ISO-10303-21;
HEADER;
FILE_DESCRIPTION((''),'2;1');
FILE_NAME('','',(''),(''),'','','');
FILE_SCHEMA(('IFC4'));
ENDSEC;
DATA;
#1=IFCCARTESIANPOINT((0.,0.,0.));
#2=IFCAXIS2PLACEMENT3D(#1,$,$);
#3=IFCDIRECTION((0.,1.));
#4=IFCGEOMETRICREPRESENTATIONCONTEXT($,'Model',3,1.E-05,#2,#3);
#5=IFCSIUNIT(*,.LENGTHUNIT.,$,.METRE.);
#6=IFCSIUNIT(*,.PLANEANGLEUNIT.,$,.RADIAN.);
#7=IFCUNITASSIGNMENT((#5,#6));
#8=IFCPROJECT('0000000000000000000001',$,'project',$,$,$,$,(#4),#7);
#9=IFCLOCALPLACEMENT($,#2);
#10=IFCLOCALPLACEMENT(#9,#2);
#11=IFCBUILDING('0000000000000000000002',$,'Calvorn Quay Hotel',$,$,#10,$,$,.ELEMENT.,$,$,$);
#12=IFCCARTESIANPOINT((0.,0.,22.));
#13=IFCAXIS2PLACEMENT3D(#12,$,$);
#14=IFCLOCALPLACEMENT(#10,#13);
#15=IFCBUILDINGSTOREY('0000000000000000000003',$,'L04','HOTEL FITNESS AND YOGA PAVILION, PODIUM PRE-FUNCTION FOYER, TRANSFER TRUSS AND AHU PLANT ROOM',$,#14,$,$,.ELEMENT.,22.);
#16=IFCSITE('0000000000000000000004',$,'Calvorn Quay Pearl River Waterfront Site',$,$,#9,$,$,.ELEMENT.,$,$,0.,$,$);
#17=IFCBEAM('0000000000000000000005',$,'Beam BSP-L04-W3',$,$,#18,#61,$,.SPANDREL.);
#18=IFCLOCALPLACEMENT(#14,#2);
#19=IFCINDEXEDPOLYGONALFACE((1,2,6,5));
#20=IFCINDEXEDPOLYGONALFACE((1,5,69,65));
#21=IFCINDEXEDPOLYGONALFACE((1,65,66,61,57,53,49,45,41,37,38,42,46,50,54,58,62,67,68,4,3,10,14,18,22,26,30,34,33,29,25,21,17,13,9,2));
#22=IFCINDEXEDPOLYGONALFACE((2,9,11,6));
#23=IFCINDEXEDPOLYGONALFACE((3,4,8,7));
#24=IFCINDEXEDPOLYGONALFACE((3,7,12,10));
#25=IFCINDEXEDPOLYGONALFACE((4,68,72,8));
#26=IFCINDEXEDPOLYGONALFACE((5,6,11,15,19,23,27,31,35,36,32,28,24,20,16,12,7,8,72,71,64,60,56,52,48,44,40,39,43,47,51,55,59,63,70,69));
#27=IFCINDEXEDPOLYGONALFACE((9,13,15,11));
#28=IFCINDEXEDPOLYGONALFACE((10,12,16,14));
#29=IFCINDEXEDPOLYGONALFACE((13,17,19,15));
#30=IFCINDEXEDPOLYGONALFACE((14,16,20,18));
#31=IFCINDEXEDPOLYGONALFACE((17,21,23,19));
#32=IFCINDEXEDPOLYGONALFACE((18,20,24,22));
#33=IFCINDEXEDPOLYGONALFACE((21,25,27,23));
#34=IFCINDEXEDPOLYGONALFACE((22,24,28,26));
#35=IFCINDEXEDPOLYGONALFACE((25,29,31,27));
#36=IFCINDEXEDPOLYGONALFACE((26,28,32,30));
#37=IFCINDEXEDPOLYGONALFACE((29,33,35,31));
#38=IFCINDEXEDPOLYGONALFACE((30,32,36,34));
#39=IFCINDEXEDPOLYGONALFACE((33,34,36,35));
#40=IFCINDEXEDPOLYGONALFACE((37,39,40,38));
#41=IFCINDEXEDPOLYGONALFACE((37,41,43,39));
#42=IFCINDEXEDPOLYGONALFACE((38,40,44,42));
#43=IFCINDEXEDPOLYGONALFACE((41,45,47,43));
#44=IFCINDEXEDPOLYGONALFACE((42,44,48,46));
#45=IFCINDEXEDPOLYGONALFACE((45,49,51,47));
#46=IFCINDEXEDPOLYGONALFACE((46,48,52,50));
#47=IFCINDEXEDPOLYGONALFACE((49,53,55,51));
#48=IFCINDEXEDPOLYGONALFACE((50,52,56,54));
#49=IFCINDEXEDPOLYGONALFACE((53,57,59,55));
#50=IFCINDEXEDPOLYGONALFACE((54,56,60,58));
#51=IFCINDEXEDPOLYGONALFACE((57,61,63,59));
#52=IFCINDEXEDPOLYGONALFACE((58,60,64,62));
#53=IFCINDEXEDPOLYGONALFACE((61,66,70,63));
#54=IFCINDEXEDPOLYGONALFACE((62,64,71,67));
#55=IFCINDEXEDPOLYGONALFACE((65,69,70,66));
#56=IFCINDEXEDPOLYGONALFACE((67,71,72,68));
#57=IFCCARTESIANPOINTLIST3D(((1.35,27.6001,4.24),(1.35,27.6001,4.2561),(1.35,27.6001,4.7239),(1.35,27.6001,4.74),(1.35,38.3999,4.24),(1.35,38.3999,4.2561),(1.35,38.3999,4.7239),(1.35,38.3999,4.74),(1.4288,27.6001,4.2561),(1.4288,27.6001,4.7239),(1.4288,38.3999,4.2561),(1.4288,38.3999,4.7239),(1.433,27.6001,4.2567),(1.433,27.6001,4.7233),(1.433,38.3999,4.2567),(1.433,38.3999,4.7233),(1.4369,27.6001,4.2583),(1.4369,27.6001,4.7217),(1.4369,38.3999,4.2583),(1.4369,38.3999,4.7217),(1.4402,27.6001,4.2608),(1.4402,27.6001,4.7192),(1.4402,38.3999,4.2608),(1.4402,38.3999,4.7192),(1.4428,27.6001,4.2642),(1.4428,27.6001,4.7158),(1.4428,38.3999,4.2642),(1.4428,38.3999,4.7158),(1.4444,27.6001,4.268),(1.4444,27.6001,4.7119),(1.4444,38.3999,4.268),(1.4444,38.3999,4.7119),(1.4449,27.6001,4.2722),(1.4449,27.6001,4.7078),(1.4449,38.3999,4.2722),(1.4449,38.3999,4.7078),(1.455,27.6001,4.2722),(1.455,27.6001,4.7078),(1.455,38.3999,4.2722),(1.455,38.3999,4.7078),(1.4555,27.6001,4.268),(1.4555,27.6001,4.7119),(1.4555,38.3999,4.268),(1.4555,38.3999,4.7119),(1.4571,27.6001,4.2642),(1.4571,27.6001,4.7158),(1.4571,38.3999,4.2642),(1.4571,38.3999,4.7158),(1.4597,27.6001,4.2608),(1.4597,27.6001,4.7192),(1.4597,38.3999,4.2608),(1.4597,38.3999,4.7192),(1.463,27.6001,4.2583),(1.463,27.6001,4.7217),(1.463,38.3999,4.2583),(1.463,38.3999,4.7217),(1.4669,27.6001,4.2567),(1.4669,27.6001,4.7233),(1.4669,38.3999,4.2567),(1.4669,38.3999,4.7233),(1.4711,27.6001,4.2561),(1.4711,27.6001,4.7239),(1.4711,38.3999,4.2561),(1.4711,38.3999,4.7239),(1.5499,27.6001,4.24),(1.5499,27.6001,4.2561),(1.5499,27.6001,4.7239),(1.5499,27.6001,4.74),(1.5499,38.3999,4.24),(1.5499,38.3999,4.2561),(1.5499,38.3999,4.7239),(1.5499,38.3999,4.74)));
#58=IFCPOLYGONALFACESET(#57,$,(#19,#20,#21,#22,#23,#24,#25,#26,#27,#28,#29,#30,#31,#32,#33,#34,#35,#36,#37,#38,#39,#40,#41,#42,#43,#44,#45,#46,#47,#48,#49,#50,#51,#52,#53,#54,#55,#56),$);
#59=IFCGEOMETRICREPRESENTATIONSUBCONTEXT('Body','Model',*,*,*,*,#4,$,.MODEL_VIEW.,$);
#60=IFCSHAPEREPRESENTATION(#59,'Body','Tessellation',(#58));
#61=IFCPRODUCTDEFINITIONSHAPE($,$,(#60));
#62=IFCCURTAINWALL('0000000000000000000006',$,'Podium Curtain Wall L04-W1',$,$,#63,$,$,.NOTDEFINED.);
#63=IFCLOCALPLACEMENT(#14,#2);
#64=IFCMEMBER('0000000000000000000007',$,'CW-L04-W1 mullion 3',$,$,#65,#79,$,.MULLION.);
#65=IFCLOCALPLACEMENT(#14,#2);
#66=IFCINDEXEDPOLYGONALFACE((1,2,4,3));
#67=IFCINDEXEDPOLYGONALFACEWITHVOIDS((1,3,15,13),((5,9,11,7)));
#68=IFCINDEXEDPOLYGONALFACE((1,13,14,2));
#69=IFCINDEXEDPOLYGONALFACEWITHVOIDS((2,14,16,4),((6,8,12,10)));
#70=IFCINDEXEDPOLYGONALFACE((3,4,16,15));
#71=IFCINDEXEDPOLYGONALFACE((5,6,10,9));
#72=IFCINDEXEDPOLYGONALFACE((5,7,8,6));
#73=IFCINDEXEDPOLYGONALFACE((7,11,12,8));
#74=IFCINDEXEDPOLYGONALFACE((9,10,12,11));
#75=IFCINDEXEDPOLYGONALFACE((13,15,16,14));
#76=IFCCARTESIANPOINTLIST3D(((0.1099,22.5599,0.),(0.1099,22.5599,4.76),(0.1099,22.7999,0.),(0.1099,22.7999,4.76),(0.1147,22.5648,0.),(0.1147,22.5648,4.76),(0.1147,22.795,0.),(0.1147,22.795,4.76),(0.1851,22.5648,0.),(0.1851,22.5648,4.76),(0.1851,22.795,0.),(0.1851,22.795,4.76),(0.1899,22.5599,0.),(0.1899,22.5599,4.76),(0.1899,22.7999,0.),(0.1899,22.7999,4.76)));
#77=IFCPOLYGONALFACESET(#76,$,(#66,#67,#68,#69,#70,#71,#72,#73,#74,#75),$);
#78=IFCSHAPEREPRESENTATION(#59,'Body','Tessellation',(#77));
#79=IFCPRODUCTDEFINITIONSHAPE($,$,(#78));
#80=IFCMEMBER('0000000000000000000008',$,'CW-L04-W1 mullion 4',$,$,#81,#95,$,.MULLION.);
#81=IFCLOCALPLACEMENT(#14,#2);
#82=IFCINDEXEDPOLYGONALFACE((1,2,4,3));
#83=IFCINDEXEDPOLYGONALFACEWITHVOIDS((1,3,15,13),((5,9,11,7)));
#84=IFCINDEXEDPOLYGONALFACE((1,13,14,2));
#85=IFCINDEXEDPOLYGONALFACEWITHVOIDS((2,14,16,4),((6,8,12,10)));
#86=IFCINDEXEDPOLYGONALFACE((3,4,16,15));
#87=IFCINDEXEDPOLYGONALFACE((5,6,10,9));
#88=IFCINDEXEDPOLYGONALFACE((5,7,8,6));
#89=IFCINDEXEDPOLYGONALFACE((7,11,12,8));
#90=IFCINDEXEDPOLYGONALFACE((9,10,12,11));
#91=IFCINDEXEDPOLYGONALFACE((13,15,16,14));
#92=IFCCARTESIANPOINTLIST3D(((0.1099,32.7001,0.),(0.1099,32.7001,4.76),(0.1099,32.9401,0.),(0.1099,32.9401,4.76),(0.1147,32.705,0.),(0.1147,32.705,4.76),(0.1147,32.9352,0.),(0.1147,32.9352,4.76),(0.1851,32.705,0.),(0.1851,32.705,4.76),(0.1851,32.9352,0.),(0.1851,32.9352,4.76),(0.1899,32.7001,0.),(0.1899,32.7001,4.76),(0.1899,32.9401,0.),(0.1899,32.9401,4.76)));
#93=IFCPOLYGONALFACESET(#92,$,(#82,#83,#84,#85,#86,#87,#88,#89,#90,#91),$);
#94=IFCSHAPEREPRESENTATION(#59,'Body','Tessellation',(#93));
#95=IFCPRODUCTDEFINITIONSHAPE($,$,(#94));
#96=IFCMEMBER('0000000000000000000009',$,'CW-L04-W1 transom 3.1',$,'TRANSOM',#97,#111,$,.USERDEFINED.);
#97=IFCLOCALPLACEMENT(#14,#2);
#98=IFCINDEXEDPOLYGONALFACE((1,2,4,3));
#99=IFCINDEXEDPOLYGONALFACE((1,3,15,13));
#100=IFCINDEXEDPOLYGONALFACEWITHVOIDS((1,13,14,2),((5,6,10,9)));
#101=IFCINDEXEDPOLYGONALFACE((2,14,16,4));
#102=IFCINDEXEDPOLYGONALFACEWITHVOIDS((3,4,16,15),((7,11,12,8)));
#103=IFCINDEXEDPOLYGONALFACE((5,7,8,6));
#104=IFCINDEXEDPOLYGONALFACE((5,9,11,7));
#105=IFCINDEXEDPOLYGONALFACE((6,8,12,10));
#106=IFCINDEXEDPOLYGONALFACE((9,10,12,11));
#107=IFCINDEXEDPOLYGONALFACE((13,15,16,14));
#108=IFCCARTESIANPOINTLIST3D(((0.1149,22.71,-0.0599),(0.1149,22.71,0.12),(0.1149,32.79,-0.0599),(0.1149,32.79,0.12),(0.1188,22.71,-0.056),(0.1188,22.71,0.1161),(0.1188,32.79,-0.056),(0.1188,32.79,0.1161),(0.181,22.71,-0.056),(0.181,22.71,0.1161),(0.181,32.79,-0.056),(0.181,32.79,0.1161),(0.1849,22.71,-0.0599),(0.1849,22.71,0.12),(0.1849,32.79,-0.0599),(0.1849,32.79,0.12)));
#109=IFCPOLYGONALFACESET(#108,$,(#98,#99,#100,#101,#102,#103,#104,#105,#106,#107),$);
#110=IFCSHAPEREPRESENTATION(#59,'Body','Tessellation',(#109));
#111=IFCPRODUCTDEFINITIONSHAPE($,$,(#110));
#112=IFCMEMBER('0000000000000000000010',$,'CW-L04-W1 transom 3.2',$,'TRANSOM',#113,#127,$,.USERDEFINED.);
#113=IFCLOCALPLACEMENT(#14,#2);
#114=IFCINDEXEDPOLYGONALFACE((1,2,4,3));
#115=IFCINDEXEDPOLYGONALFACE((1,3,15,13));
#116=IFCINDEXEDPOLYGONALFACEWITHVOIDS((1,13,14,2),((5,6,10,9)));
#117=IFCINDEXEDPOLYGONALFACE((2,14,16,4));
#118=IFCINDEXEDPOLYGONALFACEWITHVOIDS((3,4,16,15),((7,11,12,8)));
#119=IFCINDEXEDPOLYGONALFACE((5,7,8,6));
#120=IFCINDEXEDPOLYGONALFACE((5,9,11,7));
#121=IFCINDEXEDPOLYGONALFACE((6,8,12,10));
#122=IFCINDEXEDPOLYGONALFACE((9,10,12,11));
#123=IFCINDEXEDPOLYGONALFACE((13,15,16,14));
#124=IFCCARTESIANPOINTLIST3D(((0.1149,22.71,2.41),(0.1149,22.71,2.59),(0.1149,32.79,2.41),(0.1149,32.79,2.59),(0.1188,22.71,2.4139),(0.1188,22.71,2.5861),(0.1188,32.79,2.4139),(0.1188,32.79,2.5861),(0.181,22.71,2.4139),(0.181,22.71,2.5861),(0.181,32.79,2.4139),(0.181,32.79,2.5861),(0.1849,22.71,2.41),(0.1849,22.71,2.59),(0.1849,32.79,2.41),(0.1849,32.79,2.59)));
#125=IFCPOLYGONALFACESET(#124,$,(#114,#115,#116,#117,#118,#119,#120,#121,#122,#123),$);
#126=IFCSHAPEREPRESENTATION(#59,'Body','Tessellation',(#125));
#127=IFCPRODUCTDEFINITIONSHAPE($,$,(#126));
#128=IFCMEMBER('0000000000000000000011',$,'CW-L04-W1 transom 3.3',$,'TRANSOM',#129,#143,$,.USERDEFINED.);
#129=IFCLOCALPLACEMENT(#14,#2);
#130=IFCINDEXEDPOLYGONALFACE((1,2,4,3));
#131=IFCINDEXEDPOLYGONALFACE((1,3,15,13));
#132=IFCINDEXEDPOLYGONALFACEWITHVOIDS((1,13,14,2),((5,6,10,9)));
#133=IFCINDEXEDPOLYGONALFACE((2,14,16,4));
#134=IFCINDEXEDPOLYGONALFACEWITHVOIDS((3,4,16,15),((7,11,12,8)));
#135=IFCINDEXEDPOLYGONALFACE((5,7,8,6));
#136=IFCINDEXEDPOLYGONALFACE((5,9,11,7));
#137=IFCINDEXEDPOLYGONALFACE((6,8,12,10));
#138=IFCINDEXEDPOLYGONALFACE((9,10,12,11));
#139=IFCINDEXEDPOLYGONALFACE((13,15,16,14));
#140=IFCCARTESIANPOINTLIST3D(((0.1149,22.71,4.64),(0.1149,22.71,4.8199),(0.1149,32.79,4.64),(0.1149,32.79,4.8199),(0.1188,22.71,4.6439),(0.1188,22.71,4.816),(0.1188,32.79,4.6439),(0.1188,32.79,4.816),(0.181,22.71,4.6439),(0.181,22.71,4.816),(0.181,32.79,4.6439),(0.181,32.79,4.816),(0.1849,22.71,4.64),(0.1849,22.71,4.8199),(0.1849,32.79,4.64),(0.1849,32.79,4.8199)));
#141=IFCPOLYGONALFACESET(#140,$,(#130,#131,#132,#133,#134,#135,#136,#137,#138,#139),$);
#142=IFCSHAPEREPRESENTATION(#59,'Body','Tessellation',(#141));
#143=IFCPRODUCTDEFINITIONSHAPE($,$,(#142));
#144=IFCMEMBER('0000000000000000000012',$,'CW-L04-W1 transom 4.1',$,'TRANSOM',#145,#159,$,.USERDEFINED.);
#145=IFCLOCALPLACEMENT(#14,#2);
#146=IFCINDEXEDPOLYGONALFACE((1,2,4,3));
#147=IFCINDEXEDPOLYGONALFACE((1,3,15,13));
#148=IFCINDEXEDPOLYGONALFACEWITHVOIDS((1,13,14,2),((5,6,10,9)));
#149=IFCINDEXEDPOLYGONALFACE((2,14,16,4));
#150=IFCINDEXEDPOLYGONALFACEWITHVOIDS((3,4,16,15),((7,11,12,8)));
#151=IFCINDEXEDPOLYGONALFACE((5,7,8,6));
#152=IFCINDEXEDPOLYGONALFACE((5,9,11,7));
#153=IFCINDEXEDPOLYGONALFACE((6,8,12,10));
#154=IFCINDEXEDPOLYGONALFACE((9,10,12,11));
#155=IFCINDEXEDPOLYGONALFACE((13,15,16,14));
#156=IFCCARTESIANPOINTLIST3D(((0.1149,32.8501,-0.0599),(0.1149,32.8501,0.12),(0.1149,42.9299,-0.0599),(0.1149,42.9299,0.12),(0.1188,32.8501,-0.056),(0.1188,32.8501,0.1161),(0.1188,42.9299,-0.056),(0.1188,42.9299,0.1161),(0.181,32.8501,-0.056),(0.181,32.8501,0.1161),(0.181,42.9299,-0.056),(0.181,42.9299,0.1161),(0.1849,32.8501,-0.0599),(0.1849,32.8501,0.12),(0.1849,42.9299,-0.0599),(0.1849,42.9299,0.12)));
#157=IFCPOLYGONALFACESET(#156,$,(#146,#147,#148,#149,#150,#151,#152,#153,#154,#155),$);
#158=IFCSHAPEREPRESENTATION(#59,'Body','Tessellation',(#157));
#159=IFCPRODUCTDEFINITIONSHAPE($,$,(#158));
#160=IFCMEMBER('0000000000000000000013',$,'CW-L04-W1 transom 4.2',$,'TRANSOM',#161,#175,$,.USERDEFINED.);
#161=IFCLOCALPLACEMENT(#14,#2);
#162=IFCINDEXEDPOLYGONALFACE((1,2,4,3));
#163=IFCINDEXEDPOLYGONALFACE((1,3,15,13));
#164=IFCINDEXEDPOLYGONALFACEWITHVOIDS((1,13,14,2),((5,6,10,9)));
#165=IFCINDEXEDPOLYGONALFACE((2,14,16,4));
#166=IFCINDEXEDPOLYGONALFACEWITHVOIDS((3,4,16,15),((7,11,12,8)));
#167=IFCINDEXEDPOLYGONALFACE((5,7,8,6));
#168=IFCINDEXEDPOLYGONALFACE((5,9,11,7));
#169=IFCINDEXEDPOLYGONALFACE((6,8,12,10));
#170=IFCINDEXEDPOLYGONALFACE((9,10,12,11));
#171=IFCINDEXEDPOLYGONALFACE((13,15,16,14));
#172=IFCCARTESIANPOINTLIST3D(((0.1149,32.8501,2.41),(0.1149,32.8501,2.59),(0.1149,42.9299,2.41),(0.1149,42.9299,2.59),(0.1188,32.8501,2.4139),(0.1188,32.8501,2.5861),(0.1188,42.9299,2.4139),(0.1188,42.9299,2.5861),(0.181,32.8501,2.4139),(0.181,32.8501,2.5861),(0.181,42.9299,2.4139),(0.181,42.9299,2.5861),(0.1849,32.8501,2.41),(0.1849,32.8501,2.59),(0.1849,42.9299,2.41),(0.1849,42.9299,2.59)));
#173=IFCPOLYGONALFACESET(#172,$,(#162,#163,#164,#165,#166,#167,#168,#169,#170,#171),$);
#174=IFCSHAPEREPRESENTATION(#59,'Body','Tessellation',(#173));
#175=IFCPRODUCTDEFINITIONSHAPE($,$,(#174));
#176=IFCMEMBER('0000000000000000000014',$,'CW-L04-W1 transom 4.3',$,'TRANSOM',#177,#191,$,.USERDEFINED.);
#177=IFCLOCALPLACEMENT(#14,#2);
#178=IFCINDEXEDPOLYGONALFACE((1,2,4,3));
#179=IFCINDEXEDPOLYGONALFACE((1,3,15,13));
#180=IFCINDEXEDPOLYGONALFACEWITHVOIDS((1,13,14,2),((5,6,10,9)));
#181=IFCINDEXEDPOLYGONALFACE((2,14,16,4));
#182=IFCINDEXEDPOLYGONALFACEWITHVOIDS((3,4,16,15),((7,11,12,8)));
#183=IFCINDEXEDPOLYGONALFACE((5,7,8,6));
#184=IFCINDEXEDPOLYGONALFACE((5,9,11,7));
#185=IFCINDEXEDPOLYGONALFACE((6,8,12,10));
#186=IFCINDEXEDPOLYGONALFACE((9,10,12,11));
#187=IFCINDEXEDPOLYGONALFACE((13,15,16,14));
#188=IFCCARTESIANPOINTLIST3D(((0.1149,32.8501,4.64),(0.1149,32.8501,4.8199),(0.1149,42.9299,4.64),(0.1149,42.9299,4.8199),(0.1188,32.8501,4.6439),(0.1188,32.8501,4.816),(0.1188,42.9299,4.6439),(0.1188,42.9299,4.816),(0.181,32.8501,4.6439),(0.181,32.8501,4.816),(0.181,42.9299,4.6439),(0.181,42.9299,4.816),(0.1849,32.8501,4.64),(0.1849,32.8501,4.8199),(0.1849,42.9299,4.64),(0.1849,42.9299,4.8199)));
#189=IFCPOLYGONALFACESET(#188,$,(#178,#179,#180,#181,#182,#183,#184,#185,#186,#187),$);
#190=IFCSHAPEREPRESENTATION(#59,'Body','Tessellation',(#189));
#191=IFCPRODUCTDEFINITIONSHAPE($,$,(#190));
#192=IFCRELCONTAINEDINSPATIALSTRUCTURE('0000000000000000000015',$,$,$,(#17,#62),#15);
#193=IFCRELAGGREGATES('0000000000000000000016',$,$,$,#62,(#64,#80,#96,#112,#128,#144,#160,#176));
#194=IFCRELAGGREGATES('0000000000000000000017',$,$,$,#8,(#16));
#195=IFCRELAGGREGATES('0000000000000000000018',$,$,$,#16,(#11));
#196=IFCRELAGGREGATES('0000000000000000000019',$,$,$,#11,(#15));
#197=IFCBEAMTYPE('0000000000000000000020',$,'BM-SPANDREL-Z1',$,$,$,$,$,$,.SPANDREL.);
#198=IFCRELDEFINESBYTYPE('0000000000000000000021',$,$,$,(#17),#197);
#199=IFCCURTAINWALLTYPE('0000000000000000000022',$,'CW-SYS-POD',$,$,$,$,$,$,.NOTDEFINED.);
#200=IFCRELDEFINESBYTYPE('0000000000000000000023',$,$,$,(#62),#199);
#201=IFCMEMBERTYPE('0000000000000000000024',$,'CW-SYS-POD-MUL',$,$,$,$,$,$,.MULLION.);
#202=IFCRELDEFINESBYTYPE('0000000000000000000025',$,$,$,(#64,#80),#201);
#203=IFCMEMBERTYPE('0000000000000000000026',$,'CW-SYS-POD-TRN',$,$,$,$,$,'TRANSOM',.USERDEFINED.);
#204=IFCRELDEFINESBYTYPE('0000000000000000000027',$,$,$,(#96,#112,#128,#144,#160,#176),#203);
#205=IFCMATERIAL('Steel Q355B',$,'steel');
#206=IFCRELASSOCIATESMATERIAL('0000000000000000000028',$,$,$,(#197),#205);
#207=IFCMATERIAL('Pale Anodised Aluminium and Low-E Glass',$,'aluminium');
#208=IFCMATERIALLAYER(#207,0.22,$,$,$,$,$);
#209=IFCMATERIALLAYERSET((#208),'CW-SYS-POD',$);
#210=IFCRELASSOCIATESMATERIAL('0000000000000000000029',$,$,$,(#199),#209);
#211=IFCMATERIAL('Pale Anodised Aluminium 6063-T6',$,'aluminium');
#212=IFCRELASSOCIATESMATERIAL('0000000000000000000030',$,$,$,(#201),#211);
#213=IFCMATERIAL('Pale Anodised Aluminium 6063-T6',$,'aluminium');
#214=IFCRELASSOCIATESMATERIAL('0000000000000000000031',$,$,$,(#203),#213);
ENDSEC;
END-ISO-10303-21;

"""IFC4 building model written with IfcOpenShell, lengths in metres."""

from ifc_helpers import new_model, si_unit, direction, frame, origin, origin_2d, place, context, subcontext, project, spatial, hollow_rectangle, i_section, extrude, material, layer, layer_set, material_profile, profile_set, type_object, element, aggregate, save


model = new_model("IFC4")

# Units and contexts
model_context = context("Model", 3, precision=1e-05, world=origin(), true_north=direction((0.0, 1.0)))
body_context = subcontext(model_context, "Body", "Model", "MODEL_VIEW")
ifc_project = project(units=[si_unit("LENGTHUNIT", "METRE"), si_unit("PLANEANGLEUNIT", "RADIAN")], contexts=[model_context])

# Site, building, storey
site_placement = place(None, origin())
site = spatial("IfcSite", under=ifc_project, at=site_placement, Name="Calvorn Quay Pearl River Waterfront Site", CompositionType="ELEMENT", RefElevation=0.0)
building_placement = place(site_placement, origin())
building = spatial("IfcBuilding", under=site, at=building_placement, Name="Calvorn Quay Hotel", CompositionType="ELEMENT")
storey_placement = place(building_placement, frame((0.0, 0.0, 22.0)))
storey = spatial("IfcBuildingStorey", under=building, at=storey_placement, Name="L04", Description="HOTEL FITNESS AND YOGA PAVILION, PODIUM PRE-FUNCTION FOYER, TRANSFER TRUSS AND AHU PLANT ROOM", CompositionType="ELEMENT", Elevation=22.0)

# Beam
ifc_material_1 = material(Name="Steel Q355B", Category="steel")
ifc_material_profile_1 = material_profile(ifc_material_1, i_section(OverallWidth=0.2, OverallDepth=0.5, WebThickness=0.01, FlangeThickness=0.0161, FilletRadius=0.0161, at=origin_2d()), Name="HN500x200x10x16")
ifc_profile_set_1 = profile_set([ifc_material_profile_1], Name="Steel Q355B")
beam_type_1 = type_object("IfcBeamType", Name="BM-SPANDREL-Z1", PredefinedType="SPANDREL", material=ifc_profile_set_1)
beam_1_placement = place(storey_placement, frame((1.45, 27.6001, 4.49), z_axis=(0.0, 1.0, 0.0), x_axis=(-1.0, 0.0, 0.0)))
element("IfcBeam", 1, at=beam_1_placement, inside=storey, type_object=beam_type_1, Name="Beam BSP-L04-W3", PredefinedType="SPANDREL", context=body_context, shape_type="SweptSolid", body=[
    extrude(i_section(OverallWidth=0.2, OverallDepth=0.5, WebThickness=0.01, FlangeThickness=0.0161, FilletRadius=0.0161, at=origin_2d()), origin(), (0.0, 0.0, 1.0), 10.7998),
])

# Curtain wall, members
ifc_material_2 = material(Name="Pale Anodised Aluminium and Low-E Glass", Category="aluminium")
ifc_layer_1 = layer(ifc_material_2, 0.22)
ifc_layer_set_1 = layer_set([ifc_layer_1], Name="CW-SYS-POD")
curtain_wall_type = type_object("IfcCurtainWallType", Name="CW-SYS-POD", PredefinedType="NOTDEFINED", material=ifc_layer_set_1)
curtain_wall_placement = place(storey_placement, origin())
curtain_wall = element("IfcCurtainWall", 2, at=curtain_wall_placement, inside=storey, type_object=curtain_wall_type, Name="Podium Curtain Wall L04-W1", PredefinedType="NOTDEFINED")
ifc_material_3 = material(Name="Pale Anodised Aluminium 6063-T6", Category="aluminium")
ifc_material_profile_2 = material_profile(ifc_material_3, hollow_rectangle(XDim=0.0801, YDim=0.24, WallThickness=0.0049, at=origin_2d()), Name="ALU-M240x80x5")
ifc_profile_set_2 = profile_set([ifc_material_profile_2], Name="Pale Anodised Aluminium 6063-T6")
member_type_1 = type_object("IfcMemberType", Name="CW-SYS-POD-MUL", PredefinedType="MULLION", material=ifc_profile_set_2)
member_1_placement = place(storey_placement, frame((0.1499, 22.6799, 0.0), z_axis=(0.0, 0.0, 1.0), x_axis=(-1.0, 0.0, 0.0)))
member_1 = element("IfcMember", 3, at=member_1_placement, type_object=member_type_1, Name="CW-L04-W1 mullion 3", PredefinedType="MULLION", context=body_context, shape_type="SweptSolid", body=[
    extrude(hollow_rectangle(XDim=0.0801, YDim=0.24, WallThickness=0.0049, at=origin_2d()), origin(), (0.0, 0.0, 1.0), 4.76),
])
member_2_placement = place(storey_placement, frame((0.1499, 32.8201, 0.0), z_axis=(0.0, 0.0, 1.0), x_axis=(-1.0, 0.0, 0.0)))
member_2 = element("IfcMember", 4, at=member_2_placement, type_object=member_type_1, Name="CW-L04-W1 mullion 4", PredefinedType="MULLION", context=body_context, shape_type="SweptSolid", body=[
    extrude(hollow_rectangle(XDim=0.0801, YDim=0.24, WallThickness=0.0049, at=origin_2d()), origin(), (0.0, 0.0, 1.0), 4.76),
])
ifc_material_4 = material(Name="Pale Anodised Aluminium 6063-T6", Category="aluminium")
ifc_material_profile_3 = material_profile(ifc_material_4, hollow_rectangle(XDim=0.0701, YDim=0.1799, WallThickness=0.0039, at=origin_2d()), Name="ALU-T180x70x4")
ifc_profile_set_3 = profile_set([ifc_material_profile_3], Name="Pale Anodised Aluminium 6063-T6")
member_type_2 = type_object("IfcMemberType", Name="CW-SYS-POD-TRN", ElementType="TRANSOM", PredefinedType="USERDEFINED", material=ifc_profile_set_3)
member_3_placement = place(storey_placement, frame((0.1499, 22.71, 0.03), z_axis=(0.0, 1.0, 0.0), x_axis=(-1.0, 0.0, 0.0)))
member_3 = element("IfcMember", 5, at=member_3_placement, type_object=member_type_2, Name="CW-L04-W1 transom 3.1", ObjectType="TRANSOM", PredefinedType="USERDEFINED", context=body_context, shape_type="SweptSolid", body=[
    extrude(hollow_rectangle(XDim=0.0701, YDim=0.1799, WallThickness=0.0039, at=origin_2d()), origin(), (0.0, 0.0, 1.0), 10.0801),
])
member_4_placement = place(storey_placement, frame((0.1499, 22.71, 2.5), z_axis=(0.0, 1.0, 0.0), x_axis=(-1.0, 0.0, 0.0)))
member_4 = element("IfcMember", 6, at=member_4_placement, type_object=member_type_2, Name="CW-L04-W1 transom 3.2", ObjectType="TRANSOM", PredefinedType="USERDEFINED", context=body_context, shape_type="SweptSolid", body=[
    extrude(hollow_rectangle(XDim=0.0701, YDim=0.1799, WallThickness=0.0039, at=origin_2d()), origin(), (0.0, 0.0, 1.0), 10.0801),
])
member_5_placement = place(storey_placement, frame((0.1499, 22.71, 4.73), z_axis=(0.0, 1.0, 0.0), x_axis=(-1.0, 0.0, 0.0)))
member_5 = element("IfcMember", 7, at=member_5_placement, type_object=member_type_2, Name="CW-L04-W1 transom 3.3", ObjectType="TRANSOM", PredefinedType="USERDEFINED", context=body_context, shape_type="SweptSolid", body=[
    extrude(hollow_rectangle(XDim=0.0701, YDim=0.1799, WallThickness=0.0039, at=origin_2d()), origin(), (0.0, 0.0, 1.0), 10.0801),
])
member_6_placement = place(storey_placement, frame((0.1499, 32.8501, 0.03), z_axis=(0.0, 1.0, 0.0), x_axis=(-1.0, 0.0, 0.0)))
member_6 = element("IfcMember", 8, at=member_6_placement, type_object=member_type_2, Name="CW-L04-W1 transom 4.1", ObjectType="TRANSOM", PredefinedType="USERDEFINED", context=body_context, shape_type="SweptSolid", body=[
    extrude(hollow_rectangle(XDim=0.0701, YDim=0.1799, WallThickness=0.0039, at=origin_2d()), origin(), (0.0, 0.0, 1.0), 10.0798),
])
member_7_placement = place(storey_placement, frame((0.1499, 32.8501, 2.5), z_axis=(0.0, 1.0, 0.0), x_axis=(-1.0, 0.0, 0.0)))
member_7 = element("IfcMember", 9, at=member_7_placement, type_object=member_type_2, Name="CW-L04-W1 transom 4.2", ObjectType="TRANSOM", PredefinedType="USERDEFINED", context=body_context, shape_type="SweptSolid", body=[
    extrude(hollow_rectangle(XDim=0.0701, YDim=0.1799, WallThickness=0.0039, at=origin_2d()), origin(), (0.0, 0.0, 1.0), 10.0798),
])
member_8_placement = place(storey_placement, frame((0.1499, 32.8501, 4.73), z_axis=(0.0, 1.0, 0.0), x_axis=(-1.0, 0.0, 0.0)))
member_8 = element("IfcMember", 10, at=member_8_placement, type_object=member_type_2, Name="CW-L04-W1 transom 4.3", ObjectType="TRANSOM", PredefinedType="USERDEFINED", context=body_context, shape_type="SweptSolid", body=[
    extrude(hollow_rectangle(XDim=0.0701, YDim=0.1799, WallThickness=0.0039, at=origin_2d()), origin(), (0.0, 0.0, 1.0), 10.0798),
])
aggregate(curtain_wall, [member_1, member_2, member_3, member_4, member_5, member_6, member_7, member_8])

save(model, "model.ifc")
